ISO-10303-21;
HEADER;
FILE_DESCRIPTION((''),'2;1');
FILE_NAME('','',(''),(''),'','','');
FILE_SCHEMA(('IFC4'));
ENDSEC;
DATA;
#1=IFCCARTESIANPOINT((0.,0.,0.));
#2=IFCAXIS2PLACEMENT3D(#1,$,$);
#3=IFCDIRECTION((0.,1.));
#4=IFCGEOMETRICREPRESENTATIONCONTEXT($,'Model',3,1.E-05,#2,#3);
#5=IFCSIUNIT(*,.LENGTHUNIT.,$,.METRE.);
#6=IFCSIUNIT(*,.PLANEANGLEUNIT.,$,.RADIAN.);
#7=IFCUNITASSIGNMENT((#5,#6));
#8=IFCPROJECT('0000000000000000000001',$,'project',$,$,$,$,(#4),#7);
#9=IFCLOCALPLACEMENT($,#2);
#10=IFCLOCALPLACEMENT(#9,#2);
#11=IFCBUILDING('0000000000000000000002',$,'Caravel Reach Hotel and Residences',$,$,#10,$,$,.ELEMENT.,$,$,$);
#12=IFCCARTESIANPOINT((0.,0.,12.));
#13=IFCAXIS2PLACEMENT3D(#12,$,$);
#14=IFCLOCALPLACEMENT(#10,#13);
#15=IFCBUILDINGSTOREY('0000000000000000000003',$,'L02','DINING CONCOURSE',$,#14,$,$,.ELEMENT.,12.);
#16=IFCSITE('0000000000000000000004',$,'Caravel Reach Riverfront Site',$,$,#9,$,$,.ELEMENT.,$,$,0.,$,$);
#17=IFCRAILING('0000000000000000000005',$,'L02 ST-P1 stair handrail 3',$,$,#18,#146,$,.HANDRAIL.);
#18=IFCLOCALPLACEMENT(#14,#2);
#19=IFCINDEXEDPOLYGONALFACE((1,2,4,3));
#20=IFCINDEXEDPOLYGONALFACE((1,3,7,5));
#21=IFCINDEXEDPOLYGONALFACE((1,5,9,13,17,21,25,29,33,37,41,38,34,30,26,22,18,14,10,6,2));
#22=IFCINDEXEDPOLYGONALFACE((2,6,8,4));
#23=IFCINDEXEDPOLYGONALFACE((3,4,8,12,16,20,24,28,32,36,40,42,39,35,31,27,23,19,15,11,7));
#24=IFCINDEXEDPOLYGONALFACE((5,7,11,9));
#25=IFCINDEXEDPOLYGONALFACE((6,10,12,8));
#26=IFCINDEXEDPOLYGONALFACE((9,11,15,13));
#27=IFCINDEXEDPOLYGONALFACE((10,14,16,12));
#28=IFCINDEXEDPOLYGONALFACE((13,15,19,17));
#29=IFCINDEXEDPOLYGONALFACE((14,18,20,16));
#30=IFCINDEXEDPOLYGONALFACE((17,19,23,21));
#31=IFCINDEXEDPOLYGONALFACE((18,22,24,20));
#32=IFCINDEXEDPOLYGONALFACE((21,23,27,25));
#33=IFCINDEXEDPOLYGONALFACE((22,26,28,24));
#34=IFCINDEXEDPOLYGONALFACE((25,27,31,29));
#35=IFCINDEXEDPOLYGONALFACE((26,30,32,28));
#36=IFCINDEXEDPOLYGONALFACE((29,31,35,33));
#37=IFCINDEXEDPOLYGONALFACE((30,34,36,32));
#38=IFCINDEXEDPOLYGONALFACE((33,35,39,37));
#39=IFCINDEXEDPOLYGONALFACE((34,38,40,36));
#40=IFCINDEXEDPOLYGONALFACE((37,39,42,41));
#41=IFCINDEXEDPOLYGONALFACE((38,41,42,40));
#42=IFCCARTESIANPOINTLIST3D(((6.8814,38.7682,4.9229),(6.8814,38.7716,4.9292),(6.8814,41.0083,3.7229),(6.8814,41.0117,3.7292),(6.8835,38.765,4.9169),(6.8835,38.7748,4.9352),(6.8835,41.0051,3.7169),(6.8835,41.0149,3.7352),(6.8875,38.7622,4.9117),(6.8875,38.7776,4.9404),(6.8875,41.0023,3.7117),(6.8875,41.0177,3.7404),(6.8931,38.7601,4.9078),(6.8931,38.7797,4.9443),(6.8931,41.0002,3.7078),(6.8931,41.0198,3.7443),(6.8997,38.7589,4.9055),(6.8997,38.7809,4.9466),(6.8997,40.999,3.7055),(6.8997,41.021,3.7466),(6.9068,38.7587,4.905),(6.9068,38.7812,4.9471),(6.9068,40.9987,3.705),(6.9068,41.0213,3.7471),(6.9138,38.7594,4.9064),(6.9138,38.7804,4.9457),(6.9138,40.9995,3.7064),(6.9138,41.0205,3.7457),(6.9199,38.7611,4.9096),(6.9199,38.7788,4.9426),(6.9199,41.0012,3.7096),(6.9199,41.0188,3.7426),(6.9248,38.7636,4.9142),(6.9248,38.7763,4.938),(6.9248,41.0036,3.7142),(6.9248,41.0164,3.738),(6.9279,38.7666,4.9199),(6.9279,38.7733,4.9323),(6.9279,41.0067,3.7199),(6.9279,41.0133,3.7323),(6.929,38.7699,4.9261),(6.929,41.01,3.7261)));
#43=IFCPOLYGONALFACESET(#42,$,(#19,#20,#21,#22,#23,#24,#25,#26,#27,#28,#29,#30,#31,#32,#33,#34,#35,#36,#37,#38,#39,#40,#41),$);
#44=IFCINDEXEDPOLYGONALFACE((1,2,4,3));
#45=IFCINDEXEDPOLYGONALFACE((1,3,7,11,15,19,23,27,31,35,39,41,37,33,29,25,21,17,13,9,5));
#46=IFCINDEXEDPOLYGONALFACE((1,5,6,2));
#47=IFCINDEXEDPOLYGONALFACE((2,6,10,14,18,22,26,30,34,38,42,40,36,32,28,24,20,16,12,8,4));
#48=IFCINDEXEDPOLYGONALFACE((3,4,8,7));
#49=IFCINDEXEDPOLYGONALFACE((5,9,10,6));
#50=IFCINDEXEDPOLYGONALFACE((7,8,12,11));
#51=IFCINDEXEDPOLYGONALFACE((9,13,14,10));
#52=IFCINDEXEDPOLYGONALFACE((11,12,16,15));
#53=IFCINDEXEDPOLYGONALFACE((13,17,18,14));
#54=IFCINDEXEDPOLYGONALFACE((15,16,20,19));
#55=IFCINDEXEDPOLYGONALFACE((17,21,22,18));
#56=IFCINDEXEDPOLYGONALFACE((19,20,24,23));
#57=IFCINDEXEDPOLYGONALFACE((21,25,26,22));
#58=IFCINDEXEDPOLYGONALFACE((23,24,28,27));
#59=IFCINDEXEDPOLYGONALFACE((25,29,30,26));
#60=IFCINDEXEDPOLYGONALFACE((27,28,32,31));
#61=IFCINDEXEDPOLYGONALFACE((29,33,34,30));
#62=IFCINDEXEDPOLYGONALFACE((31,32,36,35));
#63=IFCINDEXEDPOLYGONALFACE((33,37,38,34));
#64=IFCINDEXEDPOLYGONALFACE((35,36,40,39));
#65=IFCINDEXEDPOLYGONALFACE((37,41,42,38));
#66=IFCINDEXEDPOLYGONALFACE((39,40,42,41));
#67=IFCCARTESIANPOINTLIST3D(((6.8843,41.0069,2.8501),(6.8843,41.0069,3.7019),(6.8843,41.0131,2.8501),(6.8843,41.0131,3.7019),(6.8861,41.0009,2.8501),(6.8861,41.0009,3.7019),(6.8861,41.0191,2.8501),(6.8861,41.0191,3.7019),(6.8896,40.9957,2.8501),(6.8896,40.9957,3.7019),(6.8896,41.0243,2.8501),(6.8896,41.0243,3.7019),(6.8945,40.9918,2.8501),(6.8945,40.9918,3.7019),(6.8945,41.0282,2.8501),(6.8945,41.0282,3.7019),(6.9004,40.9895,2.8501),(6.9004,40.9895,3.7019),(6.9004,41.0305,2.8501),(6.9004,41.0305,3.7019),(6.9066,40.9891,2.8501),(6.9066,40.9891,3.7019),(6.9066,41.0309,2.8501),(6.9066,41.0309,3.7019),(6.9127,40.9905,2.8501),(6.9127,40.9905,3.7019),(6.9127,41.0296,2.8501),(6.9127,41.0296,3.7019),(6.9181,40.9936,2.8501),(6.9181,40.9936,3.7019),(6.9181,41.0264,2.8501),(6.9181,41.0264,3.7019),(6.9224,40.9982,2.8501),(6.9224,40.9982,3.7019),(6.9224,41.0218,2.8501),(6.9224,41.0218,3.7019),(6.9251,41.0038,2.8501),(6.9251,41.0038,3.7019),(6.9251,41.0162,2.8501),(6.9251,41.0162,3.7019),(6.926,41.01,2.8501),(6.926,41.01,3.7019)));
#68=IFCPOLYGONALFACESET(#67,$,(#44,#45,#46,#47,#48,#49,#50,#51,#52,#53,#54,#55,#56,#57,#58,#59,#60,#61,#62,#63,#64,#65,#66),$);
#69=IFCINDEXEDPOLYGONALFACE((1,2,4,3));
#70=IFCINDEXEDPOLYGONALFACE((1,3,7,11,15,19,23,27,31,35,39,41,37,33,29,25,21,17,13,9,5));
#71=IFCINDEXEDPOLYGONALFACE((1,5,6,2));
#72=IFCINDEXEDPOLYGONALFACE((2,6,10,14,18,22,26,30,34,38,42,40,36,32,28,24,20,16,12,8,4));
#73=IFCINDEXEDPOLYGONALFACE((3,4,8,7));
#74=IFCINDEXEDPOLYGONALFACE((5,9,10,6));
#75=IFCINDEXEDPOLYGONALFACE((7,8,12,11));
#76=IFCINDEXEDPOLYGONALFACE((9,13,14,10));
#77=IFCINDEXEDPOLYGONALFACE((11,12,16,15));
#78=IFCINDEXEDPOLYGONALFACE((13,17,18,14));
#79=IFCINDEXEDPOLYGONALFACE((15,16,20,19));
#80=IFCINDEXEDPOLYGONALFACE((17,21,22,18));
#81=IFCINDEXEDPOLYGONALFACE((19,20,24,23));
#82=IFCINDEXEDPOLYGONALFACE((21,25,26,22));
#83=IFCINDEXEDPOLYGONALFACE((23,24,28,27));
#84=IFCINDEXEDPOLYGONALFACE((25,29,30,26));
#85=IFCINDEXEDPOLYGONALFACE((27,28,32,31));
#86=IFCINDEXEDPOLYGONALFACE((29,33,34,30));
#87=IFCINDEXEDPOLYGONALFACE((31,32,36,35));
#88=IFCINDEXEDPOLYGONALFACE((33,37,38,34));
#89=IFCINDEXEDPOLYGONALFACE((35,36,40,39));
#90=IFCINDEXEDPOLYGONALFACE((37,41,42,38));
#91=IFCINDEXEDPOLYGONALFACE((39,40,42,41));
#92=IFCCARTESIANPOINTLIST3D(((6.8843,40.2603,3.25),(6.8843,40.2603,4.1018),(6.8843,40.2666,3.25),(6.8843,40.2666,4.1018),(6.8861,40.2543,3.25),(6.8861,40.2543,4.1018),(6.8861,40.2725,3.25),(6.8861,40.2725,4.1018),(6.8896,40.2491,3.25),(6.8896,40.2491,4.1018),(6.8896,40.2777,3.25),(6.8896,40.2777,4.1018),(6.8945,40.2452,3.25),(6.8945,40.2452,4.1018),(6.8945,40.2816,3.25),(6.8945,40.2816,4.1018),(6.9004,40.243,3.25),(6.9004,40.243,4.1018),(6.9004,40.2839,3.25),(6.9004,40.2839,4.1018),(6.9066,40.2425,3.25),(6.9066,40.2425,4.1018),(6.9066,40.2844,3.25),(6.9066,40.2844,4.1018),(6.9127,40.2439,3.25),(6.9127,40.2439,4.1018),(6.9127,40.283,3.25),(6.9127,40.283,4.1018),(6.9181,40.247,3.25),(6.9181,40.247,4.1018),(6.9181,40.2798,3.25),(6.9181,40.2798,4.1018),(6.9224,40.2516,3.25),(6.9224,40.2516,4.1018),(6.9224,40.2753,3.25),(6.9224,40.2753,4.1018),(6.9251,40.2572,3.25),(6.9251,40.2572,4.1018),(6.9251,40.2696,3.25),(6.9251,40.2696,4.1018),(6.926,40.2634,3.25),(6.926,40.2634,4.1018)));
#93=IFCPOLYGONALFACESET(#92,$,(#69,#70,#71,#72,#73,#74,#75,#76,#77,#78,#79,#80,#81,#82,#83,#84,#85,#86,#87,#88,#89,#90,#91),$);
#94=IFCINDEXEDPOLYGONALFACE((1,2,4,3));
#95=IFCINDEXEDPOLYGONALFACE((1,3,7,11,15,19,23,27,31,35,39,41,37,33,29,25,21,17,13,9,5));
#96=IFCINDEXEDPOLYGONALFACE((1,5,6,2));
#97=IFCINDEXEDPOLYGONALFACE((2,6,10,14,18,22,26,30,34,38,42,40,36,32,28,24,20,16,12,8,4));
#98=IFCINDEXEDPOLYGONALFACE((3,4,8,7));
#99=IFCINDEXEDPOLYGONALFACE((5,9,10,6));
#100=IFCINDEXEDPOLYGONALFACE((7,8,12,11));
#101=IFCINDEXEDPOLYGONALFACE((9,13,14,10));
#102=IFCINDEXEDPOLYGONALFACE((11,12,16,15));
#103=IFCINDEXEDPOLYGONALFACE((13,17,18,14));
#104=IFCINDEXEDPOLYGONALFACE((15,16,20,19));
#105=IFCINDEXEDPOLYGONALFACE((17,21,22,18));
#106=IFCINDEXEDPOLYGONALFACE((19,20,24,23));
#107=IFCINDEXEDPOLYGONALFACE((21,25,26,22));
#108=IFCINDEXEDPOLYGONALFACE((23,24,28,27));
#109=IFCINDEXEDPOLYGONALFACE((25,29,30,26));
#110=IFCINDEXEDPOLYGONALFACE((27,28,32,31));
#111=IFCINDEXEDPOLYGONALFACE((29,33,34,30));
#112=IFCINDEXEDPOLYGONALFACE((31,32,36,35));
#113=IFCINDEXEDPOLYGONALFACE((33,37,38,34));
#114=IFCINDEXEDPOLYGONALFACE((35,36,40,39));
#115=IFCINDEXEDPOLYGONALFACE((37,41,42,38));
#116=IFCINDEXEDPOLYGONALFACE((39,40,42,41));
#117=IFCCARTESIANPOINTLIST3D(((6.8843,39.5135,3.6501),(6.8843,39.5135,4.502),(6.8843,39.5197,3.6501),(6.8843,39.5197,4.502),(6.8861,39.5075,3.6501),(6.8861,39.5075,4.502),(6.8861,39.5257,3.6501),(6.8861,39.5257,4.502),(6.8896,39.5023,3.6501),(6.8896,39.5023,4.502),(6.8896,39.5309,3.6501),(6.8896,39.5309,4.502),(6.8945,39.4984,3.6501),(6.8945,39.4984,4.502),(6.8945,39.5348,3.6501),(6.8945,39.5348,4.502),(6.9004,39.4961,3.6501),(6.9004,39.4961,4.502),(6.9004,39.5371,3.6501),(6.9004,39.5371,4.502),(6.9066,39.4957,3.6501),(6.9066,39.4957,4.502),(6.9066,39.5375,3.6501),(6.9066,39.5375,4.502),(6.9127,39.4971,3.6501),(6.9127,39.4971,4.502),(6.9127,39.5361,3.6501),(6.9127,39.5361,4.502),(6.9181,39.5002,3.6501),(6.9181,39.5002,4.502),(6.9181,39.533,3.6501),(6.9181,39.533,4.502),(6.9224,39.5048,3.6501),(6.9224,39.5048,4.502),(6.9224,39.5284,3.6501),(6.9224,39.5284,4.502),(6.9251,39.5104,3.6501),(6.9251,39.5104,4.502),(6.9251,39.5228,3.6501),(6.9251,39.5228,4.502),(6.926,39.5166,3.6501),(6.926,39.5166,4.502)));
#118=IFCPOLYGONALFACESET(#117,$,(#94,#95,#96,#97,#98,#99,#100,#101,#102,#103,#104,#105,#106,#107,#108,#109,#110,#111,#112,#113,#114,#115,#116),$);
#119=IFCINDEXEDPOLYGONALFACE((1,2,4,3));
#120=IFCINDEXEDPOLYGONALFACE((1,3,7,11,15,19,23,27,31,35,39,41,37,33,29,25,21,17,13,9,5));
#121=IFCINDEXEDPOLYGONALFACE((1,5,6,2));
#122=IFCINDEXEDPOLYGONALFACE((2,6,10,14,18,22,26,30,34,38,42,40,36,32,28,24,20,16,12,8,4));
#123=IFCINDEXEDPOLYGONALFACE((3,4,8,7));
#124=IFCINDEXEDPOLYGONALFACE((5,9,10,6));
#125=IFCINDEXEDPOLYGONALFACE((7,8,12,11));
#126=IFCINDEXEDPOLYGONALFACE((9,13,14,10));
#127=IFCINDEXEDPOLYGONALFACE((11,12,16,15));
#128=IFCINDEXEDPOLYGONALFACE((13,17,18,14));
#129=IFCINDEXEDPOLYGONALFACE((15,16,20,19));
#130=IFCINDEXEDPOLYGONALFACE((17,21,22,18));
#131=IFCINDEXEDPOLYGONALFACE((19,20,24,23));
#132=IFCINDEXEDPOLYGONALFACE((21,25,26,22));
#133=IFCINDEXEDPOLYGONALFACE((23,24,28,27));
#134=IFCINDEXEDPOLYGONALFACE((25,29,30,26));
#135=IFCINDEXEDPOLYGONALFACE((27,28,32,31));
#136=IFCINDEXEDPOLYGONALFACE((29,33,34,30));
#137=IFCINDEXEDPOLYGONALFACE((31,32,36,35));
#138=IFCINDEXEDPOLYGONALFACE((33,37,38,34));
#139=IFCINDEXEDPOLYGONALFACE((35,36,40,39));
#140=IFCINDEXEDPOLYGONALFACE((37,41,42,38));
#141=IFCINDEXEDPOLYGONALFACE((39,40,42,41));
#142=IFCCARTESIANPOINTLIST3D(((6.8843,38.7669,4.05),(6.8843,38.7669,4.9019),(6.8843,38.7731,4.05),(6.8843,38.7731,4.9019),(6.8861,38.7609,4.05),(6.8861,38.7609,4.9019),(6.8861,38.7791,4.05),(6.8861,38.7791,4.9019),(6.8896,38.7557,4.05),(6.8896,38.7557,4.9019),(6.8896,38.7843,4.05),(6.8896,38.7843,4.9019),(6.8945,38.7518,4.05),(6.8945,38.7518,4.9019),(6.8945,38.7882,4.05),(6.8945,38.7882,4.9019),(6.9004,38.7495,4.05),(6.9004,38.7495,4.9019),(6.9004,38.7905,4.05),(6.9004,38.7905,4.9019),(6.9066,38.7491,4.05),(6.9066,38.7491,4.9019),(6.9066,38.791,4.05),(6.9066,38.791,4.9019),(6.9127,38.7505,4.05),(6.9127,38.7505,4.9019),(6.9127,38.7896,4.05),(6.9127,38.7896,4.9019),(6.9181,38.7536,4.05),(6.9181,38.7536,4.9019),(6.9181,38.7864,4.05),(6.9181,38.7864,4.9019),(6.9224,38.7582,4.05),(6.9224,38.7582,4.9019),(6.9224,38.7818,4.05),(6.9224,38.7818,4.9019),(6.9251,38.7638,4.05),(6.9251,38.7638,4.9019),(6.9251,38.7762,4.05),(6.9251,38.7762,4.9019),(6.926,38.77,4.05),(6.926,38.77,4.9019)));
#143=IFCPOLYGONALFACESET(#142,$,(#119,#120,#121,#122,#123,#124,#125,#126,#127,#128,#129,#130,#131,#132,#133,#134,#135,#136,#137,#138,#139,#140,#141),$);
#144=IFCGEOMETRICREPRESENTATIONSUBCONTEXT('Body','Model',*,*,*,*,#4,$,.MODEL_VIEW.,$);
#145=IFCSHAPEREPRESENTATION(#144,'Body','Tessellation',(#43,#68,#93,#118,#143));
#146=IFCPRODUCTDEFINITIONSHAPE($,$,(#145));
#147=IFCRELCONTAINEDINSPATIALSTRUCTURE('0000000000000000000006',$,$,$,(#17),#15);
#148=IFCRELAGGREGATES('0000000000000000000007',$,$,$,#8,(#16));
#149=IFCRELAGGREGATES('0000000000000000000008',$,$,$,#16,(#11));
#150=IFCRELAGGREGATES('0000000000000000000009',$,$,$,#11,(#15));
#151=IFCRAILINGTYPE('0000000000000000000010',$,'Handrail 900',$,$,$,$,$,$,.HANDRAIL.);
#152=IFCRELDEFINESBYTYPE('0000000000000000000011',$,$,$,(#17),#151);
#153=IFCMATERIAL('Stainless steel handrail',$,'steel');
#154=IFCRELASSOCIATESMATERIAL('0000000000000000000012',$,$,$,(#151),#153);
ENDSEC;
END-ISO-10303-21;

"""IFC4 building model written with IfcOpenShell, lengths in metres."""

from ifc_helpers import new_model, si_unit, direction, frame, origin, origin_2d, place, context, subcontext, project, spatial, circle, extrude, material, type_object, element, save


model = new_model("IFC4")

# Units and contexts
model_context = context("Model", 3, precision=1e-05, world=origin(), true_north=direction((0.0, 1.0)))
body_context = subcontext(model_context, "Body", "Model", "MODEL_VIEW")
ifc_project = project(units=[si_unit("LENGTHUNIT", "METRE"), si_unit("PLANEANGLEUNIT", "RADIAN")], contexts=[model_context])

# Site, building, storey
site_placement = place(None, origin())
site = spatial("IfcSite", under=ifc_project, at=site_placement, Name="Caravel Reach Riverfront Site", CompositionType="ELEMENT", RefElevation=0.0)
building_placement = place(site_placement, origin())
building = spatial("IfcBuilding", under=site, at=building_placement, Name="Caravel Reach Hotel and Residences", CompositionType="ELEMENT")
storey_placement = place(building_placement, frame((0.0, 0.0, 12.0)))
storey = spatial("IfcBuildingStorey", under=building, at=storey_placement, Name="L02", Description="DINING CONCOURSE", CompositionType="ELEMENT", Elevation=12.0)

# Railing
ifc_material_1 = material(Name="Stainless steel handrail", Category="steel")
railing_type_1 = type_object("IfcRailingType", Name="Handrail 900", PredefinedType="HANDRAIL", material=ifc_material_1)
railing_1_placement = place(storey_placement, frame((6.905, 41.01, 2.8501)))
element("IfcRailing", 1, at=railing_1_placement, inside=storey, type_object=railing_type_1, Name="L02 ST-P1 stair handrail 3", PredefinedType="HANDRAIL", context=body_context, shape_type="SweptSolid", body=[
    extrude(circle(Radius=0.0239, at=origin_2d()), frame((0.0, 0.0, 0.876), z_axis=(0.0, -0.881487, 0.472208), x_axis=(1.0, 0.0, 0.0)), (0.0, 0.0, 1.0), 2.5413),
    extrude(circle(Radius=0.021, at=origin_2d()), origin(), (0.0, 0.0, 1.0), 0.8518),
    extrude(circle(Radius=0.021, at=origin_2d()), frame((0.0, -0.7466, 0.3999)), (0.0, 0.0, 1.0), 0.8518),
    extrude(circle(Radius=0.021, at=origin_2d()), frame((0.0, -1.4934, 0.8)), (0.0, 0.0, 1.0), 0.8518),
    extrude(circle(Radius=0.021, at=origin_2d()), frame((0.0, -2.24, 1.2)), (0.0, 0.0, 1.0), 0.8518),
])

save(model, "model.ifc")
